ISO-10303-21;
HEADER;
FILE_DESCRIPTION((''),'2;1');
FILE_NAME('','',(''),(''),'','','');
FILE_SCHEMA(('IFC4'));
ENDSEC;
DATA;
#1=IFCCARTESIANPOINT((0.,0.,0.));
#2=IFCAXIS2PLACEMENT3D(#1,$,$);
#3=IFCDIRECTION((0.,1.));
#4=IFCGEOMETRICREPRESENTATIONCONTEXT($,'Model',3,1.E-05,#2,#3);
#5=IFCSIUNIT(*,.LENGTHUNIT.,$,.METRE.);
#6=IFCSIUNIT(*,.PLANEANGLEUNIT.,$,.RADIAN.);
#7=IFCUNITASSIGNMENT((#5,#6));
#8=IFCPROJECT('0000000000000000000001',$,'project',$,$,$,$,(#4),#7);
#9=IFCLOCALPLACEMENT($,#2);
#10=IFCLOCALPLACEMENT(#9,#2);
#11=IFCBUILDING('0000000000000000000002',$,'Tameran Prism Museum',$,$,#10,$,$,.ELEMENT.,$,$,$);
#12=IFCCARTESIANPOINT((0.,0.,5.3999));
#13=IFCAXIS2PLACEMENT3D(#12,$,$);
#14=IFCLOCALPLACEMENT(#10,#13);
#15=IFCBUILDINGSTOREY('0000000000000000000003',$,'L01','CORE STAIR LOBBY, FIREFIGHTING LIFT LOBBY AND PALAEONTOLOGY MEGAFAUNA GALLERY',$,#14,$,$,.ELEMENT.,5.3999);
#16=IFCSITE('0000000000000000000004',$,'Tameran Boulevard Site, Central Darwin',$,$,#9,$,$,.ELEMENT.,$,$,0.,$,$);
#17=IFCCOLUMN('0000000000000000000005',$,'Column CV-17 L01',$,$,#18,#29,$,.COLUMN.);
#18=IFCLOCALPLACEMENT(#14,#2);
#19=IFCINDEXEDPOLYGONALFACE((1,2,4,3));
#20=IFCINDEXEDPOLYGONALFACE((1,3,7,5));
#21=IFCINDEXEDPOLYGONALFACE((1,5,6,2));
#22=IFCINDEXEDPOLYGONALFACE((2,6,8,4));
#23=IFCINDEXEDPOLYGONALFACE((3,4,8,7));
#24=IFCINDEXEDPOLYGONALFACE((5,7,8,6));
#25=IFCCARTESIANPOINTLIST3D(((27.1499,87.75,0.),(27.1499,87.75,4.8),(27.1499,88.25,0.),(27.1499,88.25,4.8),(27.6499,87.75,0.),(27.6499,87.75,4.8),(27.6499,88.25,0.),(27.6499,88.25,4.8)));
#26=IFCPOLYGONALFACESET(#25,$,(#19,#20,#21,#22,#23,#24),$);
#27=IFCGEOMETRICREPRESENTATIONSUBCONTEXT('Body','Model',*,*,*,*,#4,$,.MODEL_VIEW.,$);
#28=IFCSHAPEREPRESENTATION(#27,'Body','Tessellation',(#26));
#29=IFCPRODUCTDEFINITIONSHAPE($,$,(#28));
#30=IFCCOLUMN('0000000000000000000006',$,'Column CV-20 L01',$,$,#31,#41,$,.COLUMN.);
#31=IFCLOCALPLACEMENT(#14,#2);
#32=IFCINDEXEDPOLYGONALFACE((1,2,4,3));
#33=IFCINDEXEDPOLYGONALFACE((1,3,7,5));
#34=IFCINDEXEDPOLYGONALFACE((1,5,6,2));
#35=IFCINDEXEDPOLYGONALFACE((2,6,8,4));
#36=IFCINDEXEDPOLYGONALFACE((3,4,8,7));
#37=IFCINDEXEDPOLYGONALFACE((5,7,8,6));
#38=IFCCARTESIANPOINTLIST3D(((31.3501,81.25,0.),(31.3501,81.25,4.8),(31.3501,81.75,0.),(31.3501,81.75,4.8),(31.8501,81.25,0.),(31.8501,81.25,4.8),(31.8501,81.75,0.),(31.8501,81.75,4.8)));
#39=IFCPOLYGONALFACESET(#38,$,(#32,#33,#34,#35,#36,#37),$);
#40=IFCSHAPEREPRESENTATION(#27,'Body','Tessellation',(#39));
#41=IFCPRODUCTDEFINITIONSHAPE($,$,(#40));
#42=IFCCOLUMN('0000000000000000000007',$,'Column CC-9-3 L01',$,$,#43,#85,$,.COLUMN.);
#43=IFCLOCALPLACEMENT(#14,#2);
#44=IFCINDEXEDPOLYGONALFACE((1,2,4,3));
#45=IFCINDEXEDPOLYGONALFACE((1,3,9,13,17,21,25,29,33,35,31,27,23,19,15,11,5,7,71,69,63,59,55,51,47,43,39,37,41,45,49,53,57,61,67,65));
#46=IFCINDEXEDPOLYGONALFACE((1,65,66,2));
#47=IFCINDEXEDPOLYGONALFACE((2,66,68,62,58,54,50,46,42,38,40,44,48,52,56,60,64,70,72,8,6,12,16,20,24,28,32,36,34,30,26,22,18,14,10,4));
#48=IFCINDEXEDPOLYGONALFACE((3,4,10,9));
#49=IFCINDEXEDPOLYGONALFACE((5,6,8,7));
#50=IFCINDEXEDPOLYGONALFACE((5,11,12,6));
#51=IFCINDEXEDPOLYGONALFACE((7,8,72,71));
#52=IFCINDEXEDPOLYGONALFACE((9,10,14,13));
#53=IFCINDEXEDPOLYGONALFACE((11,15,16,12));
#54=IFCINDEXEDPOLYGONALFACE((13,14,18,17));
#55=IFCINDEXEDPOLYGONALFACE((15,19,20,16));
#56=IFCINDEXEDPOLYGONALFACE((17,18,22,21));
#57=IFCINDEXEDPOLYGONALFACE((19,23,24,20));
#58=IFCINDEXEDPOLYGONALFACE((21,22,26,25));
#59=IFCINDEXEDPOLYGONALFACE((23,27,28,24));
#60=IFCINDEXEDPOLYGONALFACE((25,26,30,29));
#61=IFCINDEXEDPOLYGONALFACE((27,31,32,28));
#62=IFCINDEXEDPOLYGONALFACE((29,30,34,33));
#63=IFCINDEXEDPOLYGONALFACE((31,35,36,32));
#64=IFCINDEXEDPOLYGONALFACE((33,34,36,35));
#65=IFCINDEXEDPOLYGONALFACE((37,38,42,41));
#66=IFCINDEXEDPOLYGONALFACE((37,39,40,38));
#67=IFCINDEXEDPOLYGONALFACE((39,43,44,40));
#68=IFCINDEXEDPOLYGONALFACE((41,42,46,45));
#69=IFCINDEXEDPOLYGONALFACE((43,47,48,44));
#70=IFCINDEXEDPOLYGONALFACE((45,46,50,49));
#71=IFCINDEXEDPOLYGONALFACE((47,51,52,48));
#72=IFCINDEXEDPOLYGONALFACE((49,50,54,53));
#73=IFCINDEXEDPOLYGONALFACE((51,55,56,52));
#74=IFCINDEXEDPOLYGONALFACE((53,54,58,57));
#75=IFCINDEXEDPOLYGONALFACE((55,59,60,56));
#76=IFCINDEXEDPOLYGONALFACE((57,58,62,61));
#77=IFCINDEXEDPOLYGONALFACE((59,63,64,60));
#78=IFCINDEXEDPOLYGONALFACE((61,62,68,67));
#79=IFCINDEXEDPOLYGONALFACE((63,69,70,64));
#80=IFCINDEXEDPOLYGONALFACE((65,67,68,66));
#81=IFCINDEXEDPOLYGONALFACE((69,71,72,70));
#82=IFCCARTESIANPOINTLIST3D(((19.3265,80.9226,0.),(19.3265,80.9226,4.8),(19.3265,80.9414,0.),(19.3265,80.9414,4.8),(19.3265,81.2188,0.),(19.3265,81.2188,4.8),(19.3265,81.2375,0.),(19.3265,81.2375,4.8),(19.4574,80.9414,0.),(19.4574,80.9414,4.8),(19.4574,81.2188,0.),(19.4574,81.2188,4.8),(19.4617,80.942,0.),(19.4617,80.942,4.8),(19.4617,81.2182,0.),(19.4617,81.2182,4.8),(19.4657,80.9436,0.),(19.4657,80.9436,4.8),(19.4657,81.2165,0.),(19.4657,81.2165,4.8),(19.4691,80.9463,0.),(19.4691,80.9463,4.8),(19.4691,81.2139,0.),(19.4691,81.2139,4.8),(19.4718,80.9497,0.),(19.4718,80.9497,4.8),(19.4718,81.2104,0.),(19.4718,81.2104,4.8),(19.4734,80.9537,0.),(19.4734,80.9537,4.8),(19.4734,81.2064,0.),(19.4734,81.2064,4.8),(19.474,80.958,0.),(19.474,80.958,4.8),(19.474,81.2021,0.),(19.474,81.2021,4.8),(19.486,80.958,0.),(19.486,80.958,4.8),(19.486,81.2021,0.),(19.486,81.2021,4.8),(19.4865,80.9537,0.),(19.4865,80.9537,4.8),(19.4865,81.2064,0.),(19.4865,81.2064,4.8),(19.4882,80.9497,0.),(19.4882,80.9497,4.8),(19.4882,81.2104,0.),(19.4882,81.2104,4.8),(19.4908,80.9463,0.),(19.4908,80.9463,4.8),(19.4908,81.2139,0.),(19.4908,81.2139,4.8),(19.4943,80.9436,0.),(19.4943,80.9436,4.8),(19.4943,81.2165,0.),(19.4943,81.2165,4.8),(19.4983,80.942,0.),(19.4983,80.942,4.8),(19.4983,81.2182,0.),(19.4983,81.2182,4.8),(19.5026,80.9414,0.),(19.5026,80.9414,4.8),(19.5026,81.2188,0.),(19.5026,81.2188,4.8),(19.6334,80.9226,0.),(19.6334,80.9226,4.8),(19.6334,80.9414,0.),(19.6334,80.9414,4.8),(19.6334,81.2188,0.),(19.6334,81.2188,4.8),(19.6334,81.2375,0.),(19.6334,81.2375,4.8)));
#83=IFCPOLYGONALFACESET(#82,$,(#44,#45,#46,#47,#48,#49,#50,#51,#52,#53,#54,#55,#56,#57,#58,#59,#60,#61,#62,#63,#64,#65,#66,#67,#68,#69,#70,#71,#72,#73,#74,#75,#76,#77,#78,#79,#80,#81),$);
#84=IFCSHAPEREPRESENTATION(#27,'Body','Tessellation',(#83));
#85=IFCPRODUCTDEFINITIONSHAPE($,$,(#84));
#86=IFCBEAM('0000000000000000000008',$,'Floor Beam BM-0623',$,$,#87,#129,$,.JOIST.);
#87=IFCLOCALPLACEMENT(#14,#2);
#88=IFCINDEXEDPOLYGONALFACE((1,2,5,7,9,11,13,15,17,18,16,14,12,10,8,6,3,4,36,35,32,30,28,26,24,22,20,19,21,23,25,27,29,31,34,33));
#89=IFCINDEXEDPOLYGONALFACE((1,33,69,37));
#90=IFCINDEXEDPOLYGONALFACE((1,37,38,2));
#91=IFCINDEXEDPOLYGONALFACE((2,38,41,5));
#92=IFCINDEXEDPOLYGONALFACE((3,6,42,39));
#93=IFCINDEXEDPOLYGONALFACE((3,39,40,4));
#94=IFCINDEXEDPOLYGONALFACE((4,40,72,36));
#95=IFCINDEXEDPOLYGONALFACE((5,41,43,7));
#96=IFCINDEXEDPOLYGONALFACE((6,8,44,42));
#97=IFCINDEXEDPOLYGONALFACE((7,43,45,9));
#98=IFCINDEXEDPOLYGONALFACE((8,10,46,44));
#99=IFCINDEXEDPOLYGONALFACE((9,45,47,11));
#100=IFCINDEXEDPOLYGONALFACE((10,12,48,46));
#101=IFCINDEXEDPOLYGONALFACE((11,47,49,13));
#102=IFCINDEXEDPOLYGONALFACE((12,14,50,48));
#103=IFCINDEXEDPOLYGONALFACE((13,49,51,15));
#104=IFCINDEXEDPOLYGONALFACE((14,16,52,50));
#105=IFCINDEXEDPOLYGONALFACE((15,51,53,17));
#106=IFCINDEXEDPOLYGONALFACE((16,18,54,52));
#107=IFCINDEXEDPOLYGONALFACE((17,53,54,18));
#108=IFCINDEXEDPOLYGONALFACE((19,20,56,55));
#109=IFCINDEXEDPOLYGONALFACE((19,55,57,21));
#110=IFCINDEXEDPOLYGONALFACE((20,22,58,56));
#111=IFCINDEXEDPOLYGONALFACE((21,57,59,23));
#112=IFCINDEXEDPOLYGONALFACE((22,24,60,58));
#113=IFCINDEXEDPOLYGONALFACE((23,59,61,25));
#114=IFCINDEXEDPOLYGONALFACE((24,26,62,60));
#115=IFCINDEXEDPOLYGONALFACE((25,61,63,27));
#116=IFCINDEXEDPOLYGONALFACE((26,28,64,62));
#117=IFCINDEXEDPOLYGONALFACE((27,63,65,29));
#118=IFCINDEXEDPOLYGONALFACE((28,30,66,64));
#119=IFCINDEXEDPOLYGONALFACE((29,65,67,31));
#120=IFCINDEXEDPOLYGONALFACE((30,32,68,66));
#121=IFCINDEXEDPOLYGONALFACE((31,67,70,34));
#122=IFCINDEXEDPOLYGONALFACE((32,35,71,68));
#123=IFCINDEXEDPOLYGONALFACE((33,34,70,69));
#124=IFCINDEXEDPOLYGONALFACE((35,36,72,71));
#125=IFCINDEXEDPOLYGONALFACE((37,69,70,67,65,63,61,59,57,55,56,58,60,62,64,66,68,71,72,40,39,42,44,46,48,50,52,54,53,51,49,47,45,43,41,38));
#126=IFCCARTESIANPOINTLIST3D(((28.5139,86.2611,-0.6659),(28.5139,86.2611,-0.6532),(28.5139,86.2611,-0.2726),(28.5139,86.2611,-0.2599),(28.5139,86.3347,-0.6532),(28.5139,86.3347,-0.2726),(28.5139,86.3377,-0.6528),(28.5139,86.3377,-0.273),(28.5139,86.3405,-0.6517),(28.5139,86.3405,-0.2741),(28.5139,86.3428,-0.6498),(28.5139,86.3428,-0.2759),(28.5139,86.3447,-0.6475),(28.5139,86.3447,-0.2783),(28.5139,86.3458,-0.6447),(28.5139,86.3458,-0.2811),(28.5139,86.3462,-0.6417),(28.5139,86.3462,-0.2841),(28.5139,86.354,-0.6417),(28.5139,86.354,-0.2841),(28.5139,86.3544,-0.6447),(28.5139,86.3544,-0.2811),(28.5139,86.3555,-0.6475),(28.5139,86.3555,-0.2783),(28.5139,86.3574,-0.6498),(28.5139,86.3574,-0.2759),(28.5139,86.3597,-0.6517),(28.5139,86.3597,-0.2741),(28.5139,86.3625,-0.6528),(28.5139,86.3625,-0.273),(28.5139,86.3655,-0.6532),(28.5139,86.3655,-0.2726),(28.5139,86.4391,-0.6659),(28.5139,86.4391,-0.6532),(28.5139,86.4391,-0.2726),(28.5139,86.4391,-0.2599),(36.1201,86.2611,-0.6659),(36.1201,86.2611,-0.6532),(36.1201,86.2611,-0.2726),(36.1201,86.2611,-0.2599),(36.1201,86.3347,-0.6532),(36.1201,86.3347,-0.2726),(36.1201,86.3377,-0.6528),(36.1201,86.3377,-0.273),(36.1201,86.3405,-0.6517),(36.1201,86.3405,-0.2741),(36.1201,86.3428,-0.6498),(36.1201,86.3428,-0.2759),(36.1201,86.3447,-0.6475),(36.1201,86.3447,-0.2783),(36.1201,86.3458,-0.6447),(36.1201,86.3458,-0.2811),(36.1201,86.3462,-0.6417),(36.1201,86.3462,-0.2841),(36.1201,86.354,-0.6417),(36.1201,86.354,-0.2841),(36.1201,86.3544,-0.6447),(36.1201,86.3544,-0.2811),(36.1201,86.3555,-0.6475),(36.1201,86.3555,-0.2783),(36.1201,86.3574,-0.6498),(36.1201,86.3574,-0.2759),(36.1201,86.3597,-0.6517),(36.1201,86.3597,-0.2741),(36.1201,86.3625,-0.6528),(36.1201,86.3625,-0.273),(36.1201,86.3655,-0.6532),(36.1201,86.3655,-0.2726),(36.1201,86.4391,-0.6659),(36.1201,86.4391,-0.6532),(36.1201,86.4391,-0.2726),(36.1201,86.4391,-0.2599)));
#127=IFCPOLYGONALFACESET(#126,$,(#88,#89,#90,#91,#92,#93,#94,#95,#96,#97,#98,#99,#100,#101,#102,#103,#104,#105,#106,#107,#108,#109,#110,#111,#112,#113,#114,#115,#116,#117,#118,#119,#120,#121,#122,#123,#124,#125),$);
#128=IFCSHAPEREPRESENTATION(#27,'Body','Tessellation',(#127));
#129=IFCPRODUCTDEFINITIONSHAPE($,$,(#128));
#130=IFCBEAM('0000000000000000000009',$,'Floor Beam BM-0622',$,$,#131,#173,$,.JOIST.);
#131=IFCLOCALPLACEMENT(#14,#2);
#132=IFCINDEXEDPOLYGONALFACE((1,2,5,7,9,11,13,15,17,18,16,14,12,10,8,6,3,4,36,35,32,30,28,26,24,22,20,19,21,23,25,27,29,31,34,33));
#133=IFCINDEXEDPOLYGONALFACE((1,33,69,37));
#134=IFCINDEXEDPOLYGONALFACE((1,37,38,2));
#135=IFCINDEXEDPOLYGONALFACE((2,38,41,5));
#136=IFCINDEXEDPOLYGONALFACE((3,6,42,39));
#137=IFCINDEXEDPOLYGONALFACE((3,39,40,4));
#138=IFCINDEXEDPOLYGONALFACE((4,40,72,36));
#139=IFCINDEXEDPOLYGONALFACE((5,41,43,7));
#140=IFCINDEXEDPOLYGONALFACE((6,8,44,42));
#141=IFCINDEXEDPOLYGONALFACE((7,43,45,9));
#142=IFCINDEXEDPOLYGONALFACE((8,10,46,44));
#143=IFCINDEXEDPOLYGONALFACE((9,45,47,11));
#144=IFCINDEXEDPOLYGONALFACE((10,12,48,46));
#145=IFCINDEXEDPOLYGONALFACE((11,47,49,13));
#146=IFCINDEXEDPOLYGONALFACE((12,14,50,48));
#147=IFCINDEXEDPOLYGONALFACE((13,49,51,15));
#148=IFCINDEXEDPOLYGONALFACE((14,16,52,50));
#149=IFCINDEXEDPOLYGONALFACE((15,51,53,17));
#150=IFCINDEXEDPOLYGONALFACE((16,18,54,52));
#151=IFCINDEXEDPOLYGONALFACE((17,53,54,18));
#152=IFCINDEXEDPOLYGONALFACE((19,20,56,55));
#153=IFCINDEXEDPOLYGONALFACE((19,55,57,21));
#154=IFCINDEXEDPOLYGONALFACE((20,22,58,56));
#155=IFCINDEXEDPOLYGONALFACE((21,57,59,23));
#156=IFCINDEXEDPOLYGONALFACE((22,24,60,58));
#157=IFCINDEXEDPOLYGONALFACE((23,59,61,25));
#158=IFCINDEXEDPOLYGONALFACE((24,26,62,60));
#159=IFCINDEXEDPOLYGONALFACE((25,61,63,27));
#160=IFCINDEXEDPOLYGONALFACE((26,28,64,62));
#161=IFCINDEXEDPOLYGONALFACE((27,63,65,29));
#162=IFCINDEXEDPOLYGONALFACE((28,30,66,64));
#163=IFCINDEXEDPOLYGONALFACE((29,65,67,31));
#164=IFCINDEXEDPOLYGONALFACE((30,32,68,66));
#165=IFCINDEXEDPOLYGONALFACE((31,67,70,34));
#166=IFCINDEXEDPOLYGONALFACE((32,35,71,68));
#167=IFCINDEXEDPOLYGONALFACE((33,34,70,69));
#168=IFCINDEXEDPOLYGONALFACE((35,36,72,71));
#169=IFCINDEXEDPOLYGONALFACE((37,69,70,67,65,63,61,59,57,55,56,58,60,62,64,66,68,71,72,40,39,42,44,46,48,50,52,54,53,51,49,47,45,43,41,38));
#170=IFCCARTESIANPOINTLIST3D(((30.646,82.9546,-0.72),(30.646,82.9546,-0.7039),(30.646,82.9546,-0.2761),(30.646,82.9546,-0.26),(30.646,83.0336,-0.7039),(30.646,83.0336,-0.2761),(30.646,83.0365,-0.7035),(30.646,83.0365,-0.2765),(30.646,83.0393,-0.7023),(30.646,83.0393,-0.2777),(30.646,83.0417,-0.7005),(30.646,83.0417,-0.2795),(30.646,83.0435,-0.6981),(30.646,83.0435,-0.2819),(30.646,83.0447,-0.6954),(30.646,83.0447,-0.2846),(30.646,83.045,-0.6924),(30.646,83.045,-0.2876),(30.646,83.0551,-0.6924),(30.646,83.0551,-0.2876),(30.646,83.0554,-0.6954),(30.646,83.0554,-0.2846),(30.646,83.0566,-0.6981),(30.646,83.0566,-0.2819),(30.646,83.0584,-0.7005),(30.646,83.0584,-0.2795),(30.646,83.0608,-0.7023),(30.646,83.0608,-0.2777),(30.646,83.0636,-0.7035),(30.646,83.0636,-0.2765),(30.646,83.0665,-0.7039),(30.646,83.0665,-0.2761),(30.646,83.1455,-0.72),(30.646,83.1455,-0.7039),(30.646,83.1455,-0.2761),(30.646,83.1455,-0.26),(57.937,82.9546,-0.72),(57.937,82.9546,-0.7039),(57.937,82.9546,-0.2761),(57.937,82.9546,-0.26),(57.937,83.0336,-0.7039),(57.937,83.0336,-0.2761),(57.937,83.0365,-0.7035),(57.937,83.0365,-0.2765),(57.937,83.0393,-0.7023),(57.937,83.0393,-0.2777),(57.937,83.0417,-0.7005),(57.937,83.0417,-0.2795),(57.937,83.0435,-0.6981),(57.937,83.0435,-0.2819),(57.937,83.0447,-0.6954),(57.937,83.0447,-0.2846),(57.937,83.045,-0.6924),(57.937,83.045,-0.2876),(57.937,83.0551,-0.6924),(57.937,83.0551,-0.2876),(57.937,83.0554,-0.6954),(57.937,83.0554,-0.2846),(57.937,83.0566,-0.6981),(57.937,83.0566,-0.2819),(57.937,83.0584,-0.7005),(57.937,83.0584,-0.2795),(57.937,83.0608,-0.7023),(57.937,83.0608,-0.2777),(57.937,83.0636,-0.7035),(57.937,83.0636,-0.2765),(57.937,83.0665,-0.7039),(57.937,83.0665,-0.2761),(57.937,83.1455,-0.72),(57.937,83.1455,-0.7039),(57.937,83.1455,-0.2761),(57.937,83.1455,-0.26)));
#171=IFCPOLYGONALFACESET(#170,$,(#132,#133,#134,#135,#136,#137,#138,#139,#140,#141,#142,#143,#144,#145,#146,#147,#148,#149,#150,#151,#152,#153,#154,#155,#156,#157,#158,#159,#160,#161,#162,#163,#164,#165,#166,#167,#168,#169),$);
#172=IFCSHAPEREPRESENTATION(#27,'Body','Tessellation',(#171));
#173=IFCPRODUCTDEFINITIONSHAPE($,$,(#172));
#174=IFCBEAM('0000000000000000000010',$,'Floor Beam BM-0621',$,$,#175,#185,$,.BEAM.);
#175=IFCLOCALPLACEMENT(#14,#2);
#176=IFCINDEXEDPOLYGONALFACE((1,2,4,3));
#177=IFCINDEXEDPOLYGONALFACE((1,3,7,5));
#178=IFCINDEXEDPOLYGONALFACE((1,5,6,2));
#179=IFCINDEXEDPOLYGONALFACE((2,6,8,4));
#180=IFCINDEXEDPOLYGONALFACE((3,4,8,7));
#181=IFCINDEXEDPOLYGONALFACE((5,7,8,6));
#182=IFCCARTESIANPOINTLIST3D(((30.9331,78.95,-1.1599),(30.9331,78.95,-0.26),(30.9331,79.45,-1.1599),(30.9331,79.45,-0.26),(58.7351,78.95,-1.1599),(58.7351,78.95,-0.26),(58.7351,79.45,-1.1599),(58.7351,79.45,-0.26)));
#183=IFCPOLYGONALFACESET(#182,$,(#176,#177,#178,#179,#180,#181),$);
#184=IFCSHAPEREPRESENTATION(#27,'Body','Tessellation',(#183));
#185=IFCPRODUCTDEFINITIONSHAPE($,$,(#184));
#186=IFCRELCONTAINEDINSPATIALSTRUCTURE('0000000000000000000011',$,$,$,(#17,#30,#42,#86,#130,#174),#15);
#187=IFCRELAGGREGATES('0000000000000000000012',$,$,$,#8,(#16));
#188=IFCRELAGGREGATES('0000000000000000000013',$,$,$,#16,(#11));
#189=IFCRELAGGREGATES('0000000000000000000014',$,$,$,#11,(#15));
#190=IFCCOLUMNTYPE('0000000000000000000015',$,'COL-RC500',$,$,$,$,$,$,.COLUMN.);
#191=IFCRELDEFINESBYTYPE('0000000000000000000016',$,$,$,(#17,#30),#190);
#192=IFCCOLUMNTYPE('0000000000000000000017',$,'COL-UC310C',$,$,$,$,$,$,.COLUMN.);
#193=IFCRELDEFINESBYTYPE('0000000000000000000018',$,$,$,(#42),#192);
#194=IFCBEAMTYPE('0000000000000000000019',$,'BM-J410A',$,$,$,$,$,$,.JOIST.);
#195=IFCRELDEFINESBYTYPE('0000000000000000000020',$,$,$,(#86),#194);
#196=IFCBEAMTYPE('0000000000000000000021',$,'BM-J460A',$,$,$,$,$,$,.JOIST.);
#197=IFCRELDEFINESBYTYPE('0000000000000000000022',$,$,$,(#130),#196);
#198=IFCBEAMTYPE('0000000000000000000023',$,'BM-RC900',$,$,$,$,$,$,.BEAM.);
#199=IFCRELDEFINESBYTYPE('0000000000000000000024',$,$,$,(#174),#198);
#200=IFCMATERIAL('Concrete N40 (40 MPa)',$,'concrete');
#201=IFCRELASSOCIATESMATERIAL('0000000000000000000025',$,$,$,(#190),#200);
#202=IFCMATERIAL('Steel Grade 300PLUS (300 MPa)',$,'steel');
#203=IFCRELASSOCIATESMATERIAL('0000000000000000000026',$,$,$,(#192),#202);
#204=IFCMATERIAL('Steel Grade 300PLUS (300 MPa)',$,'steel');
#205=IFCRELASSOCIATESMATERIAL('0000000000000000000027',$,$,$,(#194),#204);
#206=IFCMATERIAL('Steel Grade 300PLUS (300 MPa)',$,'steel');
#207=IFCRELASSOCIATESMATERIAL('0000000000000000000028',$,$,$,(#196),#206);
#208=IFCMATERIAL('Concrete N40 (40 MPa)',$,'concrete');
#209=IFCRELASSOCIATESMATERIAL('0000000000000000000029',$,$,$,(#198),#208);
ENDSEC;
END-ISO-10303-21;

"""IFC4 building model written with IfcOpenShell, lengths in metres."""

from ifc_helpers import new_model, si_unit, direction, frame, origin, origin_2d, place, context, subcontext, project, spatial, rectangle, i_section, extrude, material, material_profile, profile_set, type_object, element, save


model = new_model("IFC4")

# Units and contexts
model_context = context("Model", 3, precision=1e-05, world=origin(), true_north=direction((0.0, 1.0)))
body_context = subcontext(model_context, "Body", "Model", "MODEL_VIEW")
ifc_project = project(units=[si_unit("LENGTHUNIT", "METRE"), si_unit("PLANEANGLEUNIT", "RADIAN")], contexts=[model_context])

# Site, building, storey
site_placement = place(None, origin())
site = spatial("IfcSite", under=ifc_project, at=site_placement, Name="Tameran Boulevard Site, Central Darwin", CompositionType="ELEMENT", RefElevation=0.0)
building_placement = place(site_placement, origin())
building = spatial("IfcBuilding", under=site, at=building_placement, Name="Tameran Prism Museum", CompositionType="ELEMENT")
storey_placement = place(building_placement, frame((0.0, 0.0, 5.3999)))
storey = spatial("IfcBuildingStorey", under=building, at=storey_placement, Name="L01", Description="CORE STAIR LOBBY, FIREFIGHTING LIFT LOBBY AND PALAEONTOLOGY MEGAFAUNA GALLERY", CompositionType="ELEMENT", Elevation=5.3999)

# Columns
ifc_material_1 = material(Name="Concrete N40 (40 MPa)", Category="concrete")
ifc_material_profile_1 = material_profile(ifc_material_1, rectangle(XDim=0.5, YDim=0.5, at=origin_2d()))
ifc_profile_set_1 = profile_set([ifc_material_profile_1])
column_type_1 = type_object("IfcColumnType", Name="COL-RC500", PredefinedType="COLUMN", material=ifc_profile_set_1)
for number, where, z_axis, x_axis, name in (
    (1, (27.3999, 88.0, 0.0), (0.0, 0.0, 1.0), (1.0, 0.0, 0.0), "Column CV-17 L01"),
    (2, (31.6001, 81.5, 0.0), (0.0, 0.0, 1.0), (1.0, 0.0, 0.0), "Column CV-20 L01"),
):
    element("IfcColumn", number, at=place(storey_placement, frame(where, z_axis=z_axis, x_axis=x_axis)), inside=storey, type_object=column_type_1, Name=name, PredefinedType="COLUMN", context=body_context, shape_type="SweptSolid", body=[
        extrude(rectangle(XDim=0.5, YDim=0.5, at=origin_2d()), origin(), (0.0, 0.0, 1.0), 4.8),
    ])
ifc_material_2 = material(Name="Steel Grade 300PLUS (300 MPa)", Category="steel")
ifc_material_profile_2 = material_profile(ifc_material_2, i_section(OverallWidth=0.3069, OverallDepth=0.3149, WebThickness=0.012, FlangeThickness=0.0188, FilletRadius=0.0166, at=origin_2d()))
ifc_profile_set_2 = profile_set([ifc_material_profile_2])
column_type_2 = type_object("IfcColumnType", Name="COL-UC310C", PredefinedType="COLUMN", material=ifc_profile_set_2)
column_placement = place(storey_placement, frame((19.48, 81.0801, 0.0), z_axis=(0.0, 0.0, 1.0), x_axis=(1.0, 0.0, 0.0)))
element("IfcColumn", 3, at=column_placement, inside=storey, type_object=column_type_2, Name="Column CC-9-3 L01", PredefinedType="COLUMN", context=body_context, shape_type="SweptSolid", body=[
    extrude(i_section(OverallWidth=0.3069, OverallDepth=0.3149, WebThickness=0.012, FlangeThickness=0.0188, FilletRadius=0.0166, at=origin_2d()), origin(), (0.0, 0.0, 1.0), 4.8),
])

# Beams
ifc_material_3 = material(Name="Steel Grade 300PLUS (300 MPa)", Category="steel")
ifc_material_profile_3 = material_profile(ifc_material_3, i_section(OverallWidth=0.178, OverallDepth=0.406, WebThickness=0.0078, FlangeThickness=0.0127, FilletRadius=0.0115, at=origin_2d()))
ifc_profile_set_3 = profile_set([ifc_material_profile_3])
beam_type_1 = type_object("IfcBeamType", Name="BM-J410A", PredefinedType="JOIST", material=ifc_profile_set_3)
beam_1_placement = place(storey_placement, frame((28.5139, 86.3501, -0.4629), z_axis=(1.0, 0.0, 0.0), x_axis=(0.0, 1.0, 0.0)))
element("IfcBeam", 4, at=beam_1_placement, inside=storey, type_object=beam_type_1, Name="Floor Beam BM-0623", PredefinedType="JOIST", context=body_context, shape_type="SweptSolid", body=[
    extrude(i_section(OverallWidth=0.178, OverallDepth=0.406, WebThickness=0.0078, FlangeThickness=0.0127, FilletRadius=0.0115, at=origin_2d()), origin(), (0.0, 0.0, 1.0), 7.6062),
])
ifc_material_4 = material(Name="Steel Grade 300PLUS (300 MPa)", Category="steel")
ifc_material_profile_4 = material_profile(ifc_material_4, i_section(OverallWidth=0.1909, OverallDepth=0.46, WebThickness=0.01, FlangeThickness=0.0161, FilletRadius=0.0115, at=origin_2d()))
ifc_profile_set_4 = profile_set([ifc_material_profile_4])
beam_type_2 = type_object("IfcBeamType", Name="BM-J460A", PredefinedType="JOIST", material=ifc_profile_set_4)
beam_2_placement = place(storey_placement, frame((30.646, 83.05, -0.49), z_axis=(1.0, 0.0, 0.0), x_axis=(0.0, 1.0, 0.0)))
element("IfcBeam", 5, at=beam_2_placement, inside=storey, type_object=beam_type_2, Name="Floor Beam BM-0622", PredefinedType="JOIST", context=body_context, shape_type="SweptSolid", body=[
    extrude(i_section(OverallWidth=0.1909, OverallDepth=0.46, WebThickness=0.01, FlangeThickness=0.0161, FilletRadius=0.0115, at=origin_2d()), origin(), (0.0, 0.0, 1.0), 27.291),
])
ifc_material_5 = material(Name="Concrete N40 (40 MPa)", Category="concrete")
ifc_material_profile_5 = material_profile(ifc_material_5, rectangle(XDim=0.5, YDim=0.8999, at=origin_2d()))
ifc_profile_set_5 = profile_set([ifc_material_profile_5])
beam_type_3 = type_object("IfcBeamType", Name="BM-RC900", PredefinedType="BEAM", material=ifc_profile_set_5)
beam_3_placement = place(storey_placement, frame((30.9331, 79.2, -0.71), z_axis=(1.0, 0.0, 0.0), x_axis=(0.0, 1.0, 0.0)))
element("IfcBeam", 6, at=beam_3_placement, inside=storey, type_object=beam_type_3, Name="Floor Beam BM-0621", PredefinedType="BEAM", context=body_context, shape_type="SweptSolid", body=[
    extrude(rectangle(XDim=0.5, YDim=0.8999, at=origin_2d()), origin(), (0.0, 0.0, 1.0), 27.802),
])

save(model, "model.ifc")
